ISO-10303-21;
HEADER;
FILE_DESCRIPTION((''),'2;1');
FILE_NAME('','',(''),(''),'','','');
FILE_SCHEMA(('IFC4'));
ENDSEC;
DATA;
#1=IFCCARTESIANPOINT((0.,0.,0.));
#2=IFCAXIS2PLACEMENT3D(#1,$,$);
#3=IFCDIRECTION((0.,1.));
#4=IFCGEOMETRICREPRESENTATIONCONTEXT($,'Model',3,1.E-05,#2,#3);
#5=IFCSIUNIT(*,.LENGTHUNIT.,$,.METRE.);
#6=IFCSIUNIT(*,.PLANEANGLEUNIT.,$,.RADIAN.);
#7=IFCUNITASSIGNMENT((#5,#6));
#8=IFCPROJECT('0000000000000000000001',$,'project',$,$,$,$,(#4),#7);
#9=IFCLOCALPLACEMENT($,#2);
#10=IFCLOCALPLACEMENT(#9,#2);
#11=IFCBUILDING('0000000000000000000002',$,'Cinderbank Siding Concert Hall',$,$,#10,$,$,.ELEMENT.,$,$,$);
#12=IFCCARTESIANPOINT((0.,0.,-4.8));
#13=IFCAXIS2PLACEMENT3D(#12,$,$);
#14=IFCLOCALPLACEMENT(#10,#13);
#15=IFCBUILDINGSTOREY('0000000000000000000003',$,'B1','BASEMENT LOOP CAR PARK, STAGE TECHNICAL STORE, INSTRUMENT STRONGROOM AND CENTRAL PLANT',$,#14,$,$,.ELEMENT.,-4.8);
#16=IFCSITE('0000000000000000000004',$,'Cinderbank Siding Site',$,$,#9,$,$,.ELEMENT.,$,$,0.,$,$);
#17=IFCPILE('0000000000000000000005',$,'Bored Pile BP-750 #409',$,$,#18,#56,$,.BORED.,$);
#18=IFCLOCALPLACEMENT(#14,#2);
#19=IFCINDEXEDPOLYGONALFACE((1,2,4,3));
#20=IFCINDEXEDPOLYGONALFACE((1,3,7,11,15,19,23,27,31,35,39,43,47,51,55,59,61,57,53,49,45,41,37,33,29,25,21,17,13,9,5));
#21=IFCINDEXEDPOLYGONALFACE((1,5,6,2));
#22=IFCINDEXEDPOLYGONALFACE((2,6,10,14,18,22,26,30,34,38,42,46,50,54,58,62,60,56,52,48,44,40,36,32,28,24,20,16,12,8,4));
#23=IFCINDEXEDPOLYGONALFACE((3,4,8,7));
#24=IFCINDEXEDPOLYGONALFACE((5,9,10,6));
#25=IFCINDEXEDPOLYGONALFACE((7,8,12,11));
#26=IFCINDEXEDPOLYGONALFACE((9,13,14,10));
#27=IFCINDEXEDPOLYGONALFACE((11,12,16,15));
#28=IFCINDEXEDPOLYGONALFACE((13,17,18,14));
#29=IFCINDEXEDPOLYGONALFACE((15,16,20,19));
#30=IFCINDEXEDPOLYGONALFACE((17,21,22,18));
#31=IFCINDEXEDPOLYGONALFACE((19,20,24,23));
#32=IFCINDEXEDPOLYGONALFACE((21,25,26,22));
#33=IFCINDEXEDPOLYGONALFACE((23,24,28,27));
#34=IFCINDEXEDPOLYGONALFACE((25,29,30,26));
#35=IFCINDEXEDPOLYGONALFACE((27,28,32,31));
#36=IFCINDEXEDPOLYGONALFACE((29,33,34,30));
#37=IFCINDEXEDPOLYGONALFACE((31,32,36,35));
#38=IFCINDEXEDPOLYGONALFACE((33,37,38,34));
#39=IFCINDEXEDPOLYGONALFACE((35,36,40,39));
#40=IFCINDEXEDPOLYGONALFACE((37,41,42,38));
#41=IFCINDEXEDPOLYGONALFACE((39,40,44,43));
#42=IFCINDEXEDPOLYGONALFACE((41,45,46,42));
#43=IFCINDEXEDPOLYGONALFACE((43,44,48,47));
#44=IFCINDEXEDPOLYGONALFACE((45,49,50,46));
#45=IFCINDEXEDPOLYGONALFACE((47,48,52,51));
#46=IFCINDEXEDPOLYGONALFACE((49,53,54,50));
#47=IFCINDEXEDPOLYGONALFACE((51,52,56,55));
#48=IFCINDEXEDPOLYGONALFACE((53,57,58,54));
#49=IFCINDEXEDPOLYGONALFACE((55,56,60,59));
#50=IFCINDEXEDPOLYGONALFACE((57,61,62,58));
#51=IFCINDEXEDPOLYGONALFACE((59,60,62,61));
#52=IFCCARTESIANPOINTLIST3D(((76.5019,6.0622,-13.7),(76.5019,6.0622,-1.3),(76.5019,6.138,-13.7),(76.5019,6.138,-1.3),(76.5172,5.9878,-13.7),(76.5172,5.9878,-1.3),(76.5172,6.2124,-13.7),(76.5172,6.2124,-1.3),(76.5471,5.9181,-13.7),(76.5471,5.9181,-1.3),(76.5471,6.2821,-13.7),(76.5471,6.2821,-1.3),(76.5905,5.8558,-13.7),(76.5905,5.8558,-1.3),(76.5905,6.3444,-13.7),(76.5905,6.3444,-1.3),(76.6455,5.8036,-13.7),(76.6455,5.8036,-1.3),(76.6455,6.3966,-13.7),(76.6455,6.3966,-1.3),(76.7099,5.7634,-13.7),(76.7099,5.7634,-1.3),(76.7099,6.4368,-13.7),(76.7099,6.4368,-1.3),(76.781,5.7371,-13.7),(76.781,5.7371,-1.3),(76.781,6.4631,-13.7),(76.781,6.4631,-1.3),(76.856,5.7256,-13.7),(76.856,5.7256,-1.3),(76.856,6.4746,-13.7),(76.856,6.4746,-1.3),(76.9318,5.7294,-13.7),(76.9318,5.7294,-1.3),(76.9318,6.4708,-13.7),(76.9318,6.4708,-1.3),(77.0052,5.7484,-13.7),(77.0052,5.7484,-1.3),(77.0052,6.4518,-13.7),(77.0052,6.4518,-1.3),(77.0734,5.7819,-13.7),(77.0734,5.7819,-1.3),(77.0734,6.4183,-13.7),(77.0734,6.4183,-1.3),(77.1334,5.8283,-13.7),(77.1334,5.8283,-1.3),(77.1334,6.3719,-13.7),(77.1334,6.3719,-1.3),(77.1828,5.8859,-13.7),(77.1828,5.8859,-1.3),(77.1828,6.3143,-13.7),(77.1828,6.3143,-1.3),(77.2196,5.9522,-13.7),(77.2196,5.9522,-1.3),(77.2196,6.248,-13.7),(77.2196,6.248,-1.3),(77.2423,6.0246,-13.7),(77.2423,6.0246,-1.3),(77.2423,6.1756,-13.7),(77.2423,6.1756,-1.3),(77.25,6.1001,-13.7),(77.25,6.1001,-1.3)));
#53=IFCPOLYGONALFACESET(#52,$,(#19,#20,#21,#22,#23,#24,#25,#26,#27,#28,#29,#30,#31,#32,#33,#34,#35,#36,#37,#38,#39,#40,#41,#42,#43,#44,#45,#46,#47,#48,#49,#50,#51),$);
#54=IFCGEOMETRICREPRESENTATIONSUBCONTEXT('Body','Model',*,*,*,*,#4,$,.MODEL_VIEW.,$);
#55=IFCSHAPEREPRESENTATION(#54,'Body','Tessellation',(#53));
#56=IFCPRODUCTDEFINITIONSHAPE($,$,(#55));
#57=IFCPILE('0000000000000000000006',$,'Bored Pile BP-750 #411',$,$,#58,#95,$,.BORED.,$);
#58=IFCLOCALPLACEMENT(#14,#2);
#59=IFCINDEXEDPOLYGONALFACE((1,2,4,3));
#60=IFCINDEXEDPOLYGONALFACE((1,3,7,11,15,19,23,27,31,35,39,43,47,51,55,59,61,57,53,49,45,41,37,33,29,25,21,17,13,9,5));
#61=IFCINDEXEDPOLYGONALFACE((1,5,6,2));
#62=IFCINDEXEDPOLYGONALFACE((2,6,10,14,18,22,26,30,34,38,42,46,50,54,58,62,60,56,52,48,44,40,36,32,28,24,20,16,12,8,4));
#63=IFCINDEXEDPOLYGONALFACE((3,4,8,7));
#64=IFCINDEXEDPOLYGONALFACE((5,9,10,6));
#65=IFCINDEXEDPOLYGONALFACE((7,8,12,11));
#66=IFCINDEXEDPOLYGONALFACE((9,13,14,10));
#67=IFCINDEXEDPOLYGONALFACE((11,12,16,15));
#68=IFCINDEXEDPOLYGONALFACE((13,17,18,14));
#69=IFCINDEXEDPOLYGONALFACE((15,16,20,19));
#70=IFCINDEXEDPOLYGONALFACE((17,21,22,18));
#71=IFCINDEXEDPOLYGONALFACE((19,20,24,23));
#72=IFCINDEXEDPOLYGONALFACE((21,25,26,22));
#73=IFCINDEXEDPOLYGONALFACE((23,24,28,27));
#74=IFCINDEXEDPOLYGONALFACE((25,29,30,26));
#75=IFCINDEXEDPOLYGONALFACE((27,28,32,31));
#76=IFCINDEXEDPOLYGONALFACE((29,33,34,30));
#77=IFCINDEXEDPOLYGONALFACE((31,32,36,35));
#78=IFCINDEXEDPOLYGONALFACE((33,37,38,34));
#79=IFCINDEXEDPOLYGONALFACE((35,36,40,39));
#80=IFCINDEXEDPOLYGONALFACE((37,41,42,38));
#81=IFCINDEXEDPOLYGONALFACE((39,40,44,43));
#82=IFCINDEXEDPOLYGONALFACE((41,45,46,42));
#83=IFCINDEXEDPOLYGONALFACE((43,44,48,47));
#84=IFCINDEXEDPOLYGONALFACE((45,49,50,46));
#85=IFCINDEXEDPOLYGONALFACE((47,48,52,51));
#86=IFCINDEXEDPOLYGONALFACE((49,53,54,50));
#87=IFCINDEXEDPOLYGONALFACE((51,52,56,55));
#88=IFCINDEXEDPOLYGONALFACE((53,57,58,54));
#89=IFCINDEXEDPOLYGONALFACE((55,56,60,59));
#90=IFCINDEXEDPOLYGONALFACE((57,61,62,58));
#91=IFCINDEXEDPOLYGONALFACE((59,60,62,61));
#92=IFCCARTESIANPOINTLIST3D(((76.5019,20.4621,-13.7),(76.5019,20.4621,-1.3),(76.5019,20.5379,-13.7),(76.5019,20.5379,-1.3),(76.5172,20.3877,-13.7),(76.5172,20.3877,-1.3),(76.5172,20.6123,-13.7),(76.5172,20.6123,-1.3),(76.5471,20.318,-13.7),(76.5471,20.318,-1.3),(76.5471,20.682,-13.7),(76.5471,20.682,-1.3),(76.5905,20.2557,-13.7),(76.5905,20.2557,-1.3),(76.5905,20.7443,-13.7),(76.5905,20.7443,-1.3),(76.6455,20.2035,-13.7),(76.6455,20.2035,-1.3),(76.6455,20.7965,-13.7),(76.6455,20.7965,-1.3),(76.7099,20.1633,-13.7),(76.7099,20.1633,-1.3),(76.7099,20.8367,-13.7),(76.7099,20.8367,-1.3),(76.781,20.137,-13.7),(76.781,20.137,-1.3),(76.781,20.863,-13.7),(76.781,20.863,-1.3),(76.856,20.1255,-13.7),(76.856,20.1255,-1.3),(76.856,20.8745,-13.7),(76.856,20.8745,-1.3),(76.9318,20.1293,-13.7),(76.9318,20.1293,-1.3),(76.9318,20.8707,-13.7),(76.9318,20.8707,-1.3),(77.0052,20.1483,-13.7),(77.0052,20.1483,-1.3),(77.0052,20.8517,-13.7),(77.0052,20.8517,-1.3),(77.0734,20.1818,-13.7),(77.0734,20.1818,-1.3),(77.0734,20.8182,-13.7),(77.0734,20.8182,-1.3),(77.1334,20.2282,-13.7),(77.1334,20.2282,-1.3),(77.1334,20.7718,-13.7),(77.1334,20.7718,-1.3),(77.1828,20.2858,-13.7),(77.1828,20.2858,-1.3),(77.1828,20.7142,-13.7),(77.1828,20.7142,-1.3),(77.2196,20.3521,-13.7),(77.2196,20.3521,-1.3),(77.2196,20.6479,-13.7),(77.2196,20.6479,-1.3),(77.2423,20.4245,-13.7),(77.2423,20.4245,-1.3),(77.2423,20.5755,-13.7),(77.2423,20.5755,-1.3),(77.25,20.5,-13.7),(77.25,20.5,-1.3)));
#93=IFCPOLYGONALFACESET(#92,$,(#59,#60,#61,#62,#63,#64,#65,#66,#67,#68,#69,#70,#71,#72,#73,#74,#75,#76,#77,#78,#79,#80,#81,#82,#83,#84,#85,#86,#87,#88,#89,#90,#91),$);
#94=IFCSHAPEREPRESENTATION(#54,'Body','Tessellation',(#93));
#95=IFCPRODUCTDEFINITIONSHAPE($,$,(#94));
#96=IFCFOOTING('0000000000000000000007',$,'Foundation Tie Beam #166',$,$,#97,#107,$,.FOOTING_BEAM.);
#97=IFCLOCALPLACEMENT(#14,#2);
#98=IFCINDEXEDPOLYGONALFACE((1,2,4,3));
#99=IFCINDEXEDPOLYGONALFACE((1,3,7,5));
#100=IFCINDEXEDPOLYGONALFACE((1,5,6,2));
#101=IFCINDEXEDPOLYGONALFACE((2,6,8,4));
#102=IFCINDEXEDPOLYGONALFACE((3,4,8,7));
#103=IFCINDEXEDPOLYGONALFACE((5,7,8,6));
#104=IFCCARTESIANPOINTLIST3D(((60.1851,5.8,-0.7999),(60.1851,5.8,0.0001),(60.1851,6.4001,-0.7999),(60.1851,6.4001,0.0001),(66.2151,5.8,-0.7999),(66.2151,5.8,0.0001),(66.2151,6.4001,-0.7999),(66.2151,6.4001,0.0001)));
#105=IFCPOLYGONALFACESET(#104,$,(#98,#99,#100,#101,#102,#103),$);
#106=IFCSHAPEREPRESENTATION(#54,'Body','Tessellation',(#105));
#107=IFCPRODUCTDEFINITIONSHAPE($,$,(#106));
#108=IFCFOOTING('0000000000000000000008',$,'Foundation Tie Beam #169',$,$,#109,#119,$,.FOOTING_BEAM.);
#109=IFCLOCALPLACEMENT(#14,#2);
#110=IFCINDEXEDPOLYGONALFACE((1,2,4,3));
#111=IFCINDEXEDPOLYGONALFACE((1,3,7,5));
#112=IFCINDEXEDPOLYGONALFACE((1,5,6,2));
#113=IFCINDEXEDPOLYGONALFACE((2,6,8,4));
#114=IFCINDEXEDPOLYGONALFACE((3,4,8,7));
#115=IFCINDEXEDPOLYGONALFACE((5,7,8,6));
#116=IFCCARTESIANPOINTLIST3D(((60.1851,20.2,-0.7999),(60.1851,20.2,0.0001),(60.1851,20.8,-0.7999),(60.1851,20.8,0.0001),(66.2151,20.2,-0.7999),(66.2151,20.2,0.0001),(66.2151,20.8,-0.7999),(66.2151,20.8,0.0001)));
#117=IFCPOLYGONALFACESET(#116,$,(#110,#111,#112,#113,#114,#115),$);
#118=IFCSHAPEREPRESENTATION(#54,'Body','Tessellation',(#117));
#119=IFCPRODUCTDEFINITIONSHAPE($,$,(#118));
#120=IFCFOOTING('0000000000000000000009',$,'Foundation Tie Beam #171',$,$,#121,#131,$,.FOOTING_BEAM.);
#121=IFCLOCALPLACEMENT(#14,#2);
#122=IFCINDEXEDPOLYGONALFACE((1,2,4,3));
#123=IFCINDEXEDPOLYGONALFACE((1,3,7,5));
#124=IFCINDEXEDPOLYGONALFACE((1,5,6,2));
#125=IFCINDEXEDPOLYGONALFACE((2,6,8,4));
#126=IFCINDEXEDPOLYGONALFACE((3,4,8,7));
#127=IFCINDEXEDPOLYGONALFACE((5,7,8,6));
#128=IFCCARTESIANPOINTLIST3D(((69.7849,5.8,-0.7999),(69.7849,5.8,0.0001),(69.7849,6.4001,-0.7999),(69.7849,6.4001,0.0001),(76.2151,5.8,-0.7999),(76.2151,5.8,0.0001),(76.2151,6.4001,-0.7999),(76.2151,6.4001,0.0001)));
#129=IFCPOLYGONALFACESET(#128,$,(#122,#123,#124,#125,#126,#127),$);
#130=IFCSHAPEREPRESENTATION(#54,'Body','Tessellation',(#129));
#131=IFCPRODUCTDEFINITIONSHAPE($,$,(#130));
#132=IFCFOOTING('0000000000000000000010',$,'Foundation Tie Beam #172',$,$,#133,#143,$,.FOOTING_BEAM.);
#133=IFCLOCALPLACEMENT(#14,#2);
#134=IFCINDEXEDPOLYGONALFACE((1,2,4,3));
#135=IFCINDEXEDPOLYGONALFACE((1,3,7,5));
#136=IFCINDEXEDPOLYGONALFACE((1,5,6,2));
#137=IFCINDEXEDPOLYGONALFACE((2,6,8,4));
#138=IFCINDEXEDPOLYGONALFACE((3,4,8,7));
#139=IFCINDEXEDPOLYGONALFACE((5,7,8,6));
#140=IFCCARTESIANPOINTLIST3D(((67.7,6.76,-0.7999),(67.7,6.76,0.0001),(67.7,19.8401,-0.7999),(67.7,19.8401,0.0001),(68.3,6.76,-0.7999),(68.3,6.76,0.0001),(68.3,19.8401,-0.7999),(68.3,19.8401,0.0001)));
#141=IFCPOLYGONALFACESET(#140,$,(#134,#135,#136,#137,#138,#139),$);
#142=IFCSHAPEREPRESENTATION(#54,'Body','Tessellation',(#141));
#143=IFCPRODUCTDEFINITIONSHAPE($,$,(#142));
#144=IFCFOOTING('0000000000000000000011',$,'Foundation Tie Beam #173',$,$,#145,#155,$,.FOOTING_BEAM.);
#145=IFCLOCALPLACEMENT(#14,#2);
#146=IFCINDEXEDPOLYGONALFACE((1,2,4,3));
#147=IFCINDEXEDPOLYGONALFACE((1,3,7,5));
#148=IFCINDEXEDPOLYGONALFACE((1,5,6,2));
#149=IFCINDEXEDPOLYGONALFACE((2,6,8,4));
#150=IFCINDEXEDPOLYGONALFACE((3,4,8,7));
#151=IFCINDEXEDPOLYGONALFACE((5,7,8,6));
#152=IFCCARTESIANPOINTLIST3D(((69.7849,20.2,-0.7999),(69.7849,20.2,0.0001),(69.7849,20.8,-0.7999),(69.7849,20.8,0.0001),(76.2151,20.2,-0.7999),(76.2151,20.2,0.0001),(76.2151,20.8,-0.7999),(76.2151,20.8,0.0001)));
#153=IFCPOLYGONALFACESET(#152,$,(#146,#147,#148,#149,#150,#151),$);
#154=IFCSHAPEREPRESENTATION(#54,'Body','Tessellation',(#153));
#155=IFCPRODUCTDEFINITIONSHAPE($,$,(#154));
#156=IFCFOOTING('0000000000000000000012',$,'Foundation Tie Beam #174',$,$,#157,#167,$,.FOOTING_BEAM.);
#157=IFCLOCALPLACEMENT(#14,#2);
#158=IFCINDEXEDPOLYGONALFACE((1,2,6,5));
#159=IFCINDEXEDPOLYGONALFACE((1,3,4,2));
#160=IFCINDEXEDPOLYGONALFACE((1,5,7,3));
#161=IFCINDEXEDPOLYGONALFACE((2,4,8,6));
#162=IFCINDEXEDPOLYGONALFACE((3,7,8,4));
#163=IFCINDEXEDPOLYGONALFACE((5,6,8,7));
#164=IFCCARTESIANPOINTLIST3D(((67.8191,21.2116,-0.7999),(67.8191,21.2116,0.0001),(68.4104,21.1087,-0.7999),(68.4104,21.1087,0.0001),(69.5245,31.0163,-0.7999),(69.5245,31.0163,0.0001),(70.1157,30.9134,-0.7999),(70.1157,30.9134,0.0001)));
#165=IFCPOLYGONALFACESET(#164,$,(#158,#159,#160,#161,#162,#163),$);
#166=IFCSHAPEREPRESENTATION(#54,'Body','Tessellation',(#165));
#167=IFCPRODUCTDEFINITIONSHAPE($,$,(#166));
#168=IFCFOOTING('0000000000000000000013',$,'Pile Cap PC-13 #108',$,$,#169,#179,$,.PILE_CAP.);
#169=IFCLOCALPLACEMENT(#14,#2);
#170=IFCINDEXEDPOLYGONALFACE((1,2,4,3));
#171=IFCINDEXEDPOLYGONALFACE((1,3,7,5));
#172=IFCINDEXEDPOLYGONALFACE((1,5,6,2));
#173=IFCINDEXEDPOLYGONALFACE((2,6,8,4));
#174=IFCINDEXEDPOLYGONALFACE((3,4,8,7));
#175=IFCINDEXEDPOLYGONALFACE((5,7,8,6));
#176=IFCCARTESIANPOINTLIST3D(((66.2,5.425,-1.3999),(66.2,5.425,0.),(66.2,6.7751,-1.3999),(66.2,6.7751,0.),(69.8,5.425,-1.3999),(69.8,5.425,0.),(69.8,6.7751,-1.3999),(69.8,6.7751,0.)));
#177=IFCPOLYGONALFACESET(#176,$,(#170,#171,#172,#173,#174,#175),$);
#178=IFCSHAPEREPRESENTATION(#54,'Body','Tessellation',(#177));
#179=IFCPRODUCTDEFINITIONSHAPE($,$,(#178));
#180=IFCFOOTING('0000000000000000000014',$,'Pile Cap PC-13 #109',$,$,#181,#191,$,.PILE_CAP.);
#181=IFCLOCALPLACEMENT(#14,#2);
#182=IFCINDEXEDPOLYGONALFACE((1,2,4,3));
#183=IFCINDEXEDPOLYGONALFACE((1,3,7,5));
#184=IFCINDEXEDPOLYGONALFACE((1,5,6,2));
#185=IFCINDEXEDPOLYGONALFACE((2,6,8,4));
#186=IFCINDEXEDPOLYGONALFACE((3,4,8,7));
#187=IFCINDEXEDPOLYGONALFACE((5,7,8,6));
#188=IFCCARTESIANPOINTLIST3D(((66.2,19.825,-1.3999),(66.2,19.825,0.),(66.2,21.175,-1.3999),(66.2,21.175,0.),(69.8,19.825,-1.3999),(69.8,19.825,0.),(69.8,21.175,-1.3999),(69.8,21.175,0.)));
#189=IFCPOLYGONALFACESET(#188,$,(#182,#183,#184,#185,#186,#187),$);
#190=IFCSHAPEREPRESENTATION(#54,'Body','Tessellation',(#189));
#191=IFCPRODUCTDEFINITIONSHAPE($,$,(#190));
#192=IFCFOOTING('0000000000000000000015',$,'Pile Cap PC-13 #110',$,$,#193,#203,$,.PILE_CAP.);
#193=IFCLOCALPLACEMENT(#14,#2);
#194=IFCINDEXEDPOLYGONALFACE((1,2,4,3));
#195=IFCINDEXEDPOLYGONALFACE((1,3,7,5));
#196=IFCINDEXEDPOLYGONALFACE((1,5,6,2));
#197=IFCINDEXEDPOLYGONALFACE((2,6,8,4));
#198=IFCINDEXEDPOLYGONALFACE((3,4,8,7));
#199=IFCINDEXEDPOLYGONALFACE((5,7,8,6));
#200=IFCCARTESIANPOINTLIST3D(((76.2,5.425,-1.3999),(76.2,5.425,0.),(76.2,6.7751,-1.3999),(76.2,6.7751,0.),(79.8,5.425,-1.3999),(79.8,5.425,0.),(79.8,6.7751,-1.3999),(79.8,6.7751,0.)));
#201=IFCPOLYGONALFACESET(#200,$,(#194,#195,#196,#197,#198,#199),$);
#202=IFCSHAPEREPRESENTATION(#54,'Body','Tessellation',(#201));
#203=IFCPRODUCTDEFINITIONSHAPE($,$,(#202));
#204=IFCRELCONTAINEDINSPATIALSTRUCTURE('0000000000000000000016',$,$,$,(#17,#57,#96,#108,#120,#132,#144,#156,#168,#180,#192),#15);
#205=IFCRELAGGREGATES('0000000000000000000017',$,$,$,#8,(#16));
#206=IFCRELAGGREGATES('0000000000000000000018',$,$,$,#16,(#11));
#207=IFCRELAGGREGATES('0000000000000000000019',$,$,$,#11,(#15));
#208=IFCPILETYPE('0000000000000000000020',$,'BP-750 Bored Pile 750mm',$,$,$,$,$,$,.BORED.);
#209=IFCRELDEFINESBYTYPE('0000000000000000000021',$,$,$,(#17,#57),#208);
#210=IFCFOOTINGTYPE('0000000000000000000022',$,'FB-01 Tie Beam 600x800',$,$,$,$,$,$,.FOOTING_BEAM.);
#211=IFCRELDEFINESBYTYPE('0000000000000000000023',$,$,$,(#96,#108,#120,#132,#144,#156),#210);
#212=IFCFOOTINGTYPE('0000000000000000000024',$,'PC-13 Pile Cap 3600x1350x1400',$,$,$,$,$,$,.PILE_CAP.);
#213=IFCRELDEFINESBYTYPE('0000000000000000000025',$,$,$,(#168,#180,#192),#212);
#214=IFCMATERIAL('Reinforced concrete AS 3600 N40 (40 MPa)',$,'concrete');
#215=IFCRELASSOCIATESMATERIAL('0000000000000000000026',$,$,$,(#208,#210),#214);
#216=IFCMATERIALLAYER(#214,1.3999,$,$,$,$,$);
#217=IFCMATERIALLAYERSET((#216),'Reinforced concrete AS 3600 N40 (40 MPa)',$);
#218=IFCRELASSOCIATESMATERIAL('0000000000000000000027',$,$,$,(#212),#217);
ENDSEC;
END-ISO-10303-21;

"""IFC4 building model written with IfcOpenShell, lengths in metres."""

from ifc_helpers import new_model, si_unit, direction, frame, origin, origin_2d, place, context, subcontext, project, spatial, rectangle, circle, extrude, material, layer, layer_set, material_profile, profile_set, type_object, element, save


model = new_model("IFC4")

# Units and contexts
model_context = context("Model", 3, precision=1e-05, world=origin(), true_north=direction((0.0, 1.0)))
body_context = subcontext(model_context, "Body", "Model", "MODEL_VIEW")
ifc_project = project(units=[si_unit("LENGTHUNIT", "METRE"), si_unit("PLANEANGLEUNIT", "RADIAN")], contexts=[model_context])

# Site, building, storey
site_placement = place(None, origin())
site = spatial("IfcSite", under=ifc_project, at=site_placement, Name="Cinderbank Siding Site", CompositionType="ELEMENT", RefElevation=0.0)
building_placement = place(site_placement, origin())
building = spatial("IfcBuilding", under=site, at=building_placement, Name="Cinderbank Siding Concert Hall", CompositionType="ELEMENT")
storey_placement = place(building_placement, frame((0.0, 0.0, -4.8)))
storey = spatial("IfcBuildingStorey", under=building, at=storey_placement, Name="B1", Description="BASEMENT LOOP CAR PARK, STAGE TECHNICAL STORE, INSTRUMENT STRONGROOM AND CENTRAL PLANT", CompositionType="ELEMENT", Elevation=-4.8)

# Piles
ifc_material_1 = material(Name="Reinforced concrete AS 3600 N40 (40 MPa)", Category="concrete")
ifc_material_profile_1 = material_profile(ifc_material_1, circle(Radius=0.375, at=origin_2d()), Name="PILE-750DIA", Category="LoadBearing")
ifc_profile_set_1 = profile_set([ifc_material_profile_1], Name="Reinforced concrete AS 3600 N40 (40 MPa)")
pile_type = type_object("IfcPileType", Name="BP-750 Bored Pile 750mm", PredefinedType="BORED", material=ifc_profile_set_1)
for number, where, z_axis, x_axis, name in (
    (1, (76.875, 6.1001, -1.3), (0.0, 0.0, -1.0), (1.0, 0.0, 0.0), "Bored Pile BP-750 #409"),
    (2, (76.875, 20.5, -1.3), (0.0, 0.0, -1.0), (1.0, 0.0, 0.0), "Bored Pile BP-750 #411"),
):
    element("IfcPile", number, at=place(storey_placement, frame(where, z_axis=z_axis, x_axis=x_axis)), inside=storey, type_object=pile_type, Name=name, PredefinedType="BORED", context=body_context, shape_type="SweptSolid", body=[
        extrude(circle(Radius=0.375, at=origin_2d()), origin(), (0.0, 0.0, 1.0), 12.3999),
    ])

# Footings
ifc_material_profile_2 = material_profile(ifc_material_1, rectangle(XDim=0.6001, YDim=0.8, at=origin_2d()), Name="RC-FB-600x800", Category="LoadBearing")
ifc_profile_set_2 = profile_set([ifc_material_profile_2], Name="Reinforced concrete AS 3600 N40 (40 MPa)")
footing_type_1 = type_object("IfcFootingType", Name="FB-01 Tie Beam 600x800", PredefinedType="FOOTING_BEAM", material=ifc_profile_set_2)
for number, where, z_axis, x_axis, name in (
    (3, (60.1851, 6.1001, -0.3999), (1.0, 0.0, 0.0), (0.0, 1.0, 0.0), "Foundation Tie Beam #166"),
    (4, (60.1851, 20.5, -0.3999), (1.0, 0.0, 0.0), (0.0, 1.0, 0.0), "Foundation Tie Beam #169"),
):
    element("IfcFooting", number, at=place(storey_placement, frame(where, z_axis=z_axis, x_axis=x_axis)), inside=storey, type_object=footing_type_1, Name=name, PredefinedType="FOOTING_BEAM", context=body_context, shape_type="SweptSolid", body=[
        extrude(rectangle(XDim=0.6001, YDim=0.8, at=origin_2d()), origin(), (0.0, 0.0, 1.0), 6.03),
    ])
footing_1_placement = place(storey_placement, frame((69.7849, 6.1001, -0.3999), z_axis=(1.0, 0.0, 0.0), x_axis=(0.0, 1.0, 0.0)))
element("IfcFooting", 5, at=footing_1_placement, inside=storey, type_object=footing_type_1, Name="Foundation Tie Beam #171", PredefinedType="FOOTING_BEAM", context=body_context, shape_type="SweptSolid", body=[
    extrude(rectangle(XDim=0.6001, YDim=0.8, at=origin_2d()), origin(), (0.0, 0.0, 1.0), 6.4302),
])
footing_2_placement = place(storey_placement, frame((68.0, 6.76, -0.3999), z_axis=(0.0, 1.0, 0.0), x_axis=(-1.0, 0.0, 0.0)))
element("IfcFooting", 6, at=footing_2_placement, inside=storey, type_object=footing_type_1, Name="Foundation Tie Beam #172", PredefinedType="FOOTING_BEAM", context=body_context, shape_type="SweptSolid", body=[
    extrude(rectangle(XDim=0.6001, YDim=0.8, at=origin_2d()), origin(), (0.0, 0.0, 1.0), 13.0801),
])
footing_3_placement = place(storey_placement, frame((69.7849, 20.5, -0.3999), z_axis=(1.0, 0.0, 0.0), x_axis=(0.0, 1.0, 0.0)))
element("IfcFooting", 7, at=footing_3_placement, inside=storey, type_object=footing_type_1, Name="Foundation Tie Beam #173", PredefinedType="FOOTING_BEAM", context=body_context, shape_type="SweptSolid", body=[
    extrude(rectangle(XDim=0.6001, YDim=0.8, at=origin_2d()), origin(), (0.0, 0.0, 1.0), 6.4302),
])
footing_4_placement = place(storey_placement, frame((68.1147, 21.1602, -0.3999), z_axis=(0.171357, 0.985209, 0.0), x_axis=(-0.985209, 0.171357, 0.0)))
element("IfcFooting", 8, at=footing_4_placement, inside=storey, type_object=footing_type_1, Name="Foundation Tie Beam #174", PredefinedType="FOOTING_BEAM", context=body_context, shape_type="SweptSolid", body=[
    extrude(rectangle(XDim=0.6001, YDim=0.8, at=origin_2d()), origin(), (0.0, 0.0, 1.0), 9.9519),
])
ifc_layer_1 = layer(ifc_material_1, 1.3999)
ifc_layer_set_1 = layer_set([ifc_layer_1], Name="Reinforced concrete AS 3600 N40 (40 MPa)")
footing_type_2 = type_object("IfcFootingType", Name="PC-13 Pile Cap 3600x1350x1400", PredefinedType="PILE_CAP", material=ifc_layer_set_1)
for number, where, z_axis, x_axis, name in (
    (9, (68.0, 6.1001, -1.3999), (0.0, 0.0, 1.0), (1.0, 0.0, 0.0), "Pile Cap PC-13 #108"),
    (10, (68.0, 20.5, -1.3999), (0.0, 0.0, 1.0), (1.0, 0.0, 0.0), "Pile Cap PC-13 #109"),
    (11, (78.0, 6.1001, -1.3999), (0.0, 0.0, 1.0), (1.0, 0.0, 0.0), "Pile Cap PC-13 #110"),
):
    element("IfcFooting", number, at=place(storey_placement, frame(where, z_axis=z_axis, x_axis=x_axis)), inside=storey, type_object=footing_type_2, Name=name, PredefinedType="PILE_CAP", context=body_context, shape_type="SweptSolid", body=[
        extrude(rectangle(XDim=3.6001, YDim=1.3501, at=origin_2d()), origin(), (0.0, 0.0, 1.0), 1.3999),
    ])

save(model, "model.ifc")
